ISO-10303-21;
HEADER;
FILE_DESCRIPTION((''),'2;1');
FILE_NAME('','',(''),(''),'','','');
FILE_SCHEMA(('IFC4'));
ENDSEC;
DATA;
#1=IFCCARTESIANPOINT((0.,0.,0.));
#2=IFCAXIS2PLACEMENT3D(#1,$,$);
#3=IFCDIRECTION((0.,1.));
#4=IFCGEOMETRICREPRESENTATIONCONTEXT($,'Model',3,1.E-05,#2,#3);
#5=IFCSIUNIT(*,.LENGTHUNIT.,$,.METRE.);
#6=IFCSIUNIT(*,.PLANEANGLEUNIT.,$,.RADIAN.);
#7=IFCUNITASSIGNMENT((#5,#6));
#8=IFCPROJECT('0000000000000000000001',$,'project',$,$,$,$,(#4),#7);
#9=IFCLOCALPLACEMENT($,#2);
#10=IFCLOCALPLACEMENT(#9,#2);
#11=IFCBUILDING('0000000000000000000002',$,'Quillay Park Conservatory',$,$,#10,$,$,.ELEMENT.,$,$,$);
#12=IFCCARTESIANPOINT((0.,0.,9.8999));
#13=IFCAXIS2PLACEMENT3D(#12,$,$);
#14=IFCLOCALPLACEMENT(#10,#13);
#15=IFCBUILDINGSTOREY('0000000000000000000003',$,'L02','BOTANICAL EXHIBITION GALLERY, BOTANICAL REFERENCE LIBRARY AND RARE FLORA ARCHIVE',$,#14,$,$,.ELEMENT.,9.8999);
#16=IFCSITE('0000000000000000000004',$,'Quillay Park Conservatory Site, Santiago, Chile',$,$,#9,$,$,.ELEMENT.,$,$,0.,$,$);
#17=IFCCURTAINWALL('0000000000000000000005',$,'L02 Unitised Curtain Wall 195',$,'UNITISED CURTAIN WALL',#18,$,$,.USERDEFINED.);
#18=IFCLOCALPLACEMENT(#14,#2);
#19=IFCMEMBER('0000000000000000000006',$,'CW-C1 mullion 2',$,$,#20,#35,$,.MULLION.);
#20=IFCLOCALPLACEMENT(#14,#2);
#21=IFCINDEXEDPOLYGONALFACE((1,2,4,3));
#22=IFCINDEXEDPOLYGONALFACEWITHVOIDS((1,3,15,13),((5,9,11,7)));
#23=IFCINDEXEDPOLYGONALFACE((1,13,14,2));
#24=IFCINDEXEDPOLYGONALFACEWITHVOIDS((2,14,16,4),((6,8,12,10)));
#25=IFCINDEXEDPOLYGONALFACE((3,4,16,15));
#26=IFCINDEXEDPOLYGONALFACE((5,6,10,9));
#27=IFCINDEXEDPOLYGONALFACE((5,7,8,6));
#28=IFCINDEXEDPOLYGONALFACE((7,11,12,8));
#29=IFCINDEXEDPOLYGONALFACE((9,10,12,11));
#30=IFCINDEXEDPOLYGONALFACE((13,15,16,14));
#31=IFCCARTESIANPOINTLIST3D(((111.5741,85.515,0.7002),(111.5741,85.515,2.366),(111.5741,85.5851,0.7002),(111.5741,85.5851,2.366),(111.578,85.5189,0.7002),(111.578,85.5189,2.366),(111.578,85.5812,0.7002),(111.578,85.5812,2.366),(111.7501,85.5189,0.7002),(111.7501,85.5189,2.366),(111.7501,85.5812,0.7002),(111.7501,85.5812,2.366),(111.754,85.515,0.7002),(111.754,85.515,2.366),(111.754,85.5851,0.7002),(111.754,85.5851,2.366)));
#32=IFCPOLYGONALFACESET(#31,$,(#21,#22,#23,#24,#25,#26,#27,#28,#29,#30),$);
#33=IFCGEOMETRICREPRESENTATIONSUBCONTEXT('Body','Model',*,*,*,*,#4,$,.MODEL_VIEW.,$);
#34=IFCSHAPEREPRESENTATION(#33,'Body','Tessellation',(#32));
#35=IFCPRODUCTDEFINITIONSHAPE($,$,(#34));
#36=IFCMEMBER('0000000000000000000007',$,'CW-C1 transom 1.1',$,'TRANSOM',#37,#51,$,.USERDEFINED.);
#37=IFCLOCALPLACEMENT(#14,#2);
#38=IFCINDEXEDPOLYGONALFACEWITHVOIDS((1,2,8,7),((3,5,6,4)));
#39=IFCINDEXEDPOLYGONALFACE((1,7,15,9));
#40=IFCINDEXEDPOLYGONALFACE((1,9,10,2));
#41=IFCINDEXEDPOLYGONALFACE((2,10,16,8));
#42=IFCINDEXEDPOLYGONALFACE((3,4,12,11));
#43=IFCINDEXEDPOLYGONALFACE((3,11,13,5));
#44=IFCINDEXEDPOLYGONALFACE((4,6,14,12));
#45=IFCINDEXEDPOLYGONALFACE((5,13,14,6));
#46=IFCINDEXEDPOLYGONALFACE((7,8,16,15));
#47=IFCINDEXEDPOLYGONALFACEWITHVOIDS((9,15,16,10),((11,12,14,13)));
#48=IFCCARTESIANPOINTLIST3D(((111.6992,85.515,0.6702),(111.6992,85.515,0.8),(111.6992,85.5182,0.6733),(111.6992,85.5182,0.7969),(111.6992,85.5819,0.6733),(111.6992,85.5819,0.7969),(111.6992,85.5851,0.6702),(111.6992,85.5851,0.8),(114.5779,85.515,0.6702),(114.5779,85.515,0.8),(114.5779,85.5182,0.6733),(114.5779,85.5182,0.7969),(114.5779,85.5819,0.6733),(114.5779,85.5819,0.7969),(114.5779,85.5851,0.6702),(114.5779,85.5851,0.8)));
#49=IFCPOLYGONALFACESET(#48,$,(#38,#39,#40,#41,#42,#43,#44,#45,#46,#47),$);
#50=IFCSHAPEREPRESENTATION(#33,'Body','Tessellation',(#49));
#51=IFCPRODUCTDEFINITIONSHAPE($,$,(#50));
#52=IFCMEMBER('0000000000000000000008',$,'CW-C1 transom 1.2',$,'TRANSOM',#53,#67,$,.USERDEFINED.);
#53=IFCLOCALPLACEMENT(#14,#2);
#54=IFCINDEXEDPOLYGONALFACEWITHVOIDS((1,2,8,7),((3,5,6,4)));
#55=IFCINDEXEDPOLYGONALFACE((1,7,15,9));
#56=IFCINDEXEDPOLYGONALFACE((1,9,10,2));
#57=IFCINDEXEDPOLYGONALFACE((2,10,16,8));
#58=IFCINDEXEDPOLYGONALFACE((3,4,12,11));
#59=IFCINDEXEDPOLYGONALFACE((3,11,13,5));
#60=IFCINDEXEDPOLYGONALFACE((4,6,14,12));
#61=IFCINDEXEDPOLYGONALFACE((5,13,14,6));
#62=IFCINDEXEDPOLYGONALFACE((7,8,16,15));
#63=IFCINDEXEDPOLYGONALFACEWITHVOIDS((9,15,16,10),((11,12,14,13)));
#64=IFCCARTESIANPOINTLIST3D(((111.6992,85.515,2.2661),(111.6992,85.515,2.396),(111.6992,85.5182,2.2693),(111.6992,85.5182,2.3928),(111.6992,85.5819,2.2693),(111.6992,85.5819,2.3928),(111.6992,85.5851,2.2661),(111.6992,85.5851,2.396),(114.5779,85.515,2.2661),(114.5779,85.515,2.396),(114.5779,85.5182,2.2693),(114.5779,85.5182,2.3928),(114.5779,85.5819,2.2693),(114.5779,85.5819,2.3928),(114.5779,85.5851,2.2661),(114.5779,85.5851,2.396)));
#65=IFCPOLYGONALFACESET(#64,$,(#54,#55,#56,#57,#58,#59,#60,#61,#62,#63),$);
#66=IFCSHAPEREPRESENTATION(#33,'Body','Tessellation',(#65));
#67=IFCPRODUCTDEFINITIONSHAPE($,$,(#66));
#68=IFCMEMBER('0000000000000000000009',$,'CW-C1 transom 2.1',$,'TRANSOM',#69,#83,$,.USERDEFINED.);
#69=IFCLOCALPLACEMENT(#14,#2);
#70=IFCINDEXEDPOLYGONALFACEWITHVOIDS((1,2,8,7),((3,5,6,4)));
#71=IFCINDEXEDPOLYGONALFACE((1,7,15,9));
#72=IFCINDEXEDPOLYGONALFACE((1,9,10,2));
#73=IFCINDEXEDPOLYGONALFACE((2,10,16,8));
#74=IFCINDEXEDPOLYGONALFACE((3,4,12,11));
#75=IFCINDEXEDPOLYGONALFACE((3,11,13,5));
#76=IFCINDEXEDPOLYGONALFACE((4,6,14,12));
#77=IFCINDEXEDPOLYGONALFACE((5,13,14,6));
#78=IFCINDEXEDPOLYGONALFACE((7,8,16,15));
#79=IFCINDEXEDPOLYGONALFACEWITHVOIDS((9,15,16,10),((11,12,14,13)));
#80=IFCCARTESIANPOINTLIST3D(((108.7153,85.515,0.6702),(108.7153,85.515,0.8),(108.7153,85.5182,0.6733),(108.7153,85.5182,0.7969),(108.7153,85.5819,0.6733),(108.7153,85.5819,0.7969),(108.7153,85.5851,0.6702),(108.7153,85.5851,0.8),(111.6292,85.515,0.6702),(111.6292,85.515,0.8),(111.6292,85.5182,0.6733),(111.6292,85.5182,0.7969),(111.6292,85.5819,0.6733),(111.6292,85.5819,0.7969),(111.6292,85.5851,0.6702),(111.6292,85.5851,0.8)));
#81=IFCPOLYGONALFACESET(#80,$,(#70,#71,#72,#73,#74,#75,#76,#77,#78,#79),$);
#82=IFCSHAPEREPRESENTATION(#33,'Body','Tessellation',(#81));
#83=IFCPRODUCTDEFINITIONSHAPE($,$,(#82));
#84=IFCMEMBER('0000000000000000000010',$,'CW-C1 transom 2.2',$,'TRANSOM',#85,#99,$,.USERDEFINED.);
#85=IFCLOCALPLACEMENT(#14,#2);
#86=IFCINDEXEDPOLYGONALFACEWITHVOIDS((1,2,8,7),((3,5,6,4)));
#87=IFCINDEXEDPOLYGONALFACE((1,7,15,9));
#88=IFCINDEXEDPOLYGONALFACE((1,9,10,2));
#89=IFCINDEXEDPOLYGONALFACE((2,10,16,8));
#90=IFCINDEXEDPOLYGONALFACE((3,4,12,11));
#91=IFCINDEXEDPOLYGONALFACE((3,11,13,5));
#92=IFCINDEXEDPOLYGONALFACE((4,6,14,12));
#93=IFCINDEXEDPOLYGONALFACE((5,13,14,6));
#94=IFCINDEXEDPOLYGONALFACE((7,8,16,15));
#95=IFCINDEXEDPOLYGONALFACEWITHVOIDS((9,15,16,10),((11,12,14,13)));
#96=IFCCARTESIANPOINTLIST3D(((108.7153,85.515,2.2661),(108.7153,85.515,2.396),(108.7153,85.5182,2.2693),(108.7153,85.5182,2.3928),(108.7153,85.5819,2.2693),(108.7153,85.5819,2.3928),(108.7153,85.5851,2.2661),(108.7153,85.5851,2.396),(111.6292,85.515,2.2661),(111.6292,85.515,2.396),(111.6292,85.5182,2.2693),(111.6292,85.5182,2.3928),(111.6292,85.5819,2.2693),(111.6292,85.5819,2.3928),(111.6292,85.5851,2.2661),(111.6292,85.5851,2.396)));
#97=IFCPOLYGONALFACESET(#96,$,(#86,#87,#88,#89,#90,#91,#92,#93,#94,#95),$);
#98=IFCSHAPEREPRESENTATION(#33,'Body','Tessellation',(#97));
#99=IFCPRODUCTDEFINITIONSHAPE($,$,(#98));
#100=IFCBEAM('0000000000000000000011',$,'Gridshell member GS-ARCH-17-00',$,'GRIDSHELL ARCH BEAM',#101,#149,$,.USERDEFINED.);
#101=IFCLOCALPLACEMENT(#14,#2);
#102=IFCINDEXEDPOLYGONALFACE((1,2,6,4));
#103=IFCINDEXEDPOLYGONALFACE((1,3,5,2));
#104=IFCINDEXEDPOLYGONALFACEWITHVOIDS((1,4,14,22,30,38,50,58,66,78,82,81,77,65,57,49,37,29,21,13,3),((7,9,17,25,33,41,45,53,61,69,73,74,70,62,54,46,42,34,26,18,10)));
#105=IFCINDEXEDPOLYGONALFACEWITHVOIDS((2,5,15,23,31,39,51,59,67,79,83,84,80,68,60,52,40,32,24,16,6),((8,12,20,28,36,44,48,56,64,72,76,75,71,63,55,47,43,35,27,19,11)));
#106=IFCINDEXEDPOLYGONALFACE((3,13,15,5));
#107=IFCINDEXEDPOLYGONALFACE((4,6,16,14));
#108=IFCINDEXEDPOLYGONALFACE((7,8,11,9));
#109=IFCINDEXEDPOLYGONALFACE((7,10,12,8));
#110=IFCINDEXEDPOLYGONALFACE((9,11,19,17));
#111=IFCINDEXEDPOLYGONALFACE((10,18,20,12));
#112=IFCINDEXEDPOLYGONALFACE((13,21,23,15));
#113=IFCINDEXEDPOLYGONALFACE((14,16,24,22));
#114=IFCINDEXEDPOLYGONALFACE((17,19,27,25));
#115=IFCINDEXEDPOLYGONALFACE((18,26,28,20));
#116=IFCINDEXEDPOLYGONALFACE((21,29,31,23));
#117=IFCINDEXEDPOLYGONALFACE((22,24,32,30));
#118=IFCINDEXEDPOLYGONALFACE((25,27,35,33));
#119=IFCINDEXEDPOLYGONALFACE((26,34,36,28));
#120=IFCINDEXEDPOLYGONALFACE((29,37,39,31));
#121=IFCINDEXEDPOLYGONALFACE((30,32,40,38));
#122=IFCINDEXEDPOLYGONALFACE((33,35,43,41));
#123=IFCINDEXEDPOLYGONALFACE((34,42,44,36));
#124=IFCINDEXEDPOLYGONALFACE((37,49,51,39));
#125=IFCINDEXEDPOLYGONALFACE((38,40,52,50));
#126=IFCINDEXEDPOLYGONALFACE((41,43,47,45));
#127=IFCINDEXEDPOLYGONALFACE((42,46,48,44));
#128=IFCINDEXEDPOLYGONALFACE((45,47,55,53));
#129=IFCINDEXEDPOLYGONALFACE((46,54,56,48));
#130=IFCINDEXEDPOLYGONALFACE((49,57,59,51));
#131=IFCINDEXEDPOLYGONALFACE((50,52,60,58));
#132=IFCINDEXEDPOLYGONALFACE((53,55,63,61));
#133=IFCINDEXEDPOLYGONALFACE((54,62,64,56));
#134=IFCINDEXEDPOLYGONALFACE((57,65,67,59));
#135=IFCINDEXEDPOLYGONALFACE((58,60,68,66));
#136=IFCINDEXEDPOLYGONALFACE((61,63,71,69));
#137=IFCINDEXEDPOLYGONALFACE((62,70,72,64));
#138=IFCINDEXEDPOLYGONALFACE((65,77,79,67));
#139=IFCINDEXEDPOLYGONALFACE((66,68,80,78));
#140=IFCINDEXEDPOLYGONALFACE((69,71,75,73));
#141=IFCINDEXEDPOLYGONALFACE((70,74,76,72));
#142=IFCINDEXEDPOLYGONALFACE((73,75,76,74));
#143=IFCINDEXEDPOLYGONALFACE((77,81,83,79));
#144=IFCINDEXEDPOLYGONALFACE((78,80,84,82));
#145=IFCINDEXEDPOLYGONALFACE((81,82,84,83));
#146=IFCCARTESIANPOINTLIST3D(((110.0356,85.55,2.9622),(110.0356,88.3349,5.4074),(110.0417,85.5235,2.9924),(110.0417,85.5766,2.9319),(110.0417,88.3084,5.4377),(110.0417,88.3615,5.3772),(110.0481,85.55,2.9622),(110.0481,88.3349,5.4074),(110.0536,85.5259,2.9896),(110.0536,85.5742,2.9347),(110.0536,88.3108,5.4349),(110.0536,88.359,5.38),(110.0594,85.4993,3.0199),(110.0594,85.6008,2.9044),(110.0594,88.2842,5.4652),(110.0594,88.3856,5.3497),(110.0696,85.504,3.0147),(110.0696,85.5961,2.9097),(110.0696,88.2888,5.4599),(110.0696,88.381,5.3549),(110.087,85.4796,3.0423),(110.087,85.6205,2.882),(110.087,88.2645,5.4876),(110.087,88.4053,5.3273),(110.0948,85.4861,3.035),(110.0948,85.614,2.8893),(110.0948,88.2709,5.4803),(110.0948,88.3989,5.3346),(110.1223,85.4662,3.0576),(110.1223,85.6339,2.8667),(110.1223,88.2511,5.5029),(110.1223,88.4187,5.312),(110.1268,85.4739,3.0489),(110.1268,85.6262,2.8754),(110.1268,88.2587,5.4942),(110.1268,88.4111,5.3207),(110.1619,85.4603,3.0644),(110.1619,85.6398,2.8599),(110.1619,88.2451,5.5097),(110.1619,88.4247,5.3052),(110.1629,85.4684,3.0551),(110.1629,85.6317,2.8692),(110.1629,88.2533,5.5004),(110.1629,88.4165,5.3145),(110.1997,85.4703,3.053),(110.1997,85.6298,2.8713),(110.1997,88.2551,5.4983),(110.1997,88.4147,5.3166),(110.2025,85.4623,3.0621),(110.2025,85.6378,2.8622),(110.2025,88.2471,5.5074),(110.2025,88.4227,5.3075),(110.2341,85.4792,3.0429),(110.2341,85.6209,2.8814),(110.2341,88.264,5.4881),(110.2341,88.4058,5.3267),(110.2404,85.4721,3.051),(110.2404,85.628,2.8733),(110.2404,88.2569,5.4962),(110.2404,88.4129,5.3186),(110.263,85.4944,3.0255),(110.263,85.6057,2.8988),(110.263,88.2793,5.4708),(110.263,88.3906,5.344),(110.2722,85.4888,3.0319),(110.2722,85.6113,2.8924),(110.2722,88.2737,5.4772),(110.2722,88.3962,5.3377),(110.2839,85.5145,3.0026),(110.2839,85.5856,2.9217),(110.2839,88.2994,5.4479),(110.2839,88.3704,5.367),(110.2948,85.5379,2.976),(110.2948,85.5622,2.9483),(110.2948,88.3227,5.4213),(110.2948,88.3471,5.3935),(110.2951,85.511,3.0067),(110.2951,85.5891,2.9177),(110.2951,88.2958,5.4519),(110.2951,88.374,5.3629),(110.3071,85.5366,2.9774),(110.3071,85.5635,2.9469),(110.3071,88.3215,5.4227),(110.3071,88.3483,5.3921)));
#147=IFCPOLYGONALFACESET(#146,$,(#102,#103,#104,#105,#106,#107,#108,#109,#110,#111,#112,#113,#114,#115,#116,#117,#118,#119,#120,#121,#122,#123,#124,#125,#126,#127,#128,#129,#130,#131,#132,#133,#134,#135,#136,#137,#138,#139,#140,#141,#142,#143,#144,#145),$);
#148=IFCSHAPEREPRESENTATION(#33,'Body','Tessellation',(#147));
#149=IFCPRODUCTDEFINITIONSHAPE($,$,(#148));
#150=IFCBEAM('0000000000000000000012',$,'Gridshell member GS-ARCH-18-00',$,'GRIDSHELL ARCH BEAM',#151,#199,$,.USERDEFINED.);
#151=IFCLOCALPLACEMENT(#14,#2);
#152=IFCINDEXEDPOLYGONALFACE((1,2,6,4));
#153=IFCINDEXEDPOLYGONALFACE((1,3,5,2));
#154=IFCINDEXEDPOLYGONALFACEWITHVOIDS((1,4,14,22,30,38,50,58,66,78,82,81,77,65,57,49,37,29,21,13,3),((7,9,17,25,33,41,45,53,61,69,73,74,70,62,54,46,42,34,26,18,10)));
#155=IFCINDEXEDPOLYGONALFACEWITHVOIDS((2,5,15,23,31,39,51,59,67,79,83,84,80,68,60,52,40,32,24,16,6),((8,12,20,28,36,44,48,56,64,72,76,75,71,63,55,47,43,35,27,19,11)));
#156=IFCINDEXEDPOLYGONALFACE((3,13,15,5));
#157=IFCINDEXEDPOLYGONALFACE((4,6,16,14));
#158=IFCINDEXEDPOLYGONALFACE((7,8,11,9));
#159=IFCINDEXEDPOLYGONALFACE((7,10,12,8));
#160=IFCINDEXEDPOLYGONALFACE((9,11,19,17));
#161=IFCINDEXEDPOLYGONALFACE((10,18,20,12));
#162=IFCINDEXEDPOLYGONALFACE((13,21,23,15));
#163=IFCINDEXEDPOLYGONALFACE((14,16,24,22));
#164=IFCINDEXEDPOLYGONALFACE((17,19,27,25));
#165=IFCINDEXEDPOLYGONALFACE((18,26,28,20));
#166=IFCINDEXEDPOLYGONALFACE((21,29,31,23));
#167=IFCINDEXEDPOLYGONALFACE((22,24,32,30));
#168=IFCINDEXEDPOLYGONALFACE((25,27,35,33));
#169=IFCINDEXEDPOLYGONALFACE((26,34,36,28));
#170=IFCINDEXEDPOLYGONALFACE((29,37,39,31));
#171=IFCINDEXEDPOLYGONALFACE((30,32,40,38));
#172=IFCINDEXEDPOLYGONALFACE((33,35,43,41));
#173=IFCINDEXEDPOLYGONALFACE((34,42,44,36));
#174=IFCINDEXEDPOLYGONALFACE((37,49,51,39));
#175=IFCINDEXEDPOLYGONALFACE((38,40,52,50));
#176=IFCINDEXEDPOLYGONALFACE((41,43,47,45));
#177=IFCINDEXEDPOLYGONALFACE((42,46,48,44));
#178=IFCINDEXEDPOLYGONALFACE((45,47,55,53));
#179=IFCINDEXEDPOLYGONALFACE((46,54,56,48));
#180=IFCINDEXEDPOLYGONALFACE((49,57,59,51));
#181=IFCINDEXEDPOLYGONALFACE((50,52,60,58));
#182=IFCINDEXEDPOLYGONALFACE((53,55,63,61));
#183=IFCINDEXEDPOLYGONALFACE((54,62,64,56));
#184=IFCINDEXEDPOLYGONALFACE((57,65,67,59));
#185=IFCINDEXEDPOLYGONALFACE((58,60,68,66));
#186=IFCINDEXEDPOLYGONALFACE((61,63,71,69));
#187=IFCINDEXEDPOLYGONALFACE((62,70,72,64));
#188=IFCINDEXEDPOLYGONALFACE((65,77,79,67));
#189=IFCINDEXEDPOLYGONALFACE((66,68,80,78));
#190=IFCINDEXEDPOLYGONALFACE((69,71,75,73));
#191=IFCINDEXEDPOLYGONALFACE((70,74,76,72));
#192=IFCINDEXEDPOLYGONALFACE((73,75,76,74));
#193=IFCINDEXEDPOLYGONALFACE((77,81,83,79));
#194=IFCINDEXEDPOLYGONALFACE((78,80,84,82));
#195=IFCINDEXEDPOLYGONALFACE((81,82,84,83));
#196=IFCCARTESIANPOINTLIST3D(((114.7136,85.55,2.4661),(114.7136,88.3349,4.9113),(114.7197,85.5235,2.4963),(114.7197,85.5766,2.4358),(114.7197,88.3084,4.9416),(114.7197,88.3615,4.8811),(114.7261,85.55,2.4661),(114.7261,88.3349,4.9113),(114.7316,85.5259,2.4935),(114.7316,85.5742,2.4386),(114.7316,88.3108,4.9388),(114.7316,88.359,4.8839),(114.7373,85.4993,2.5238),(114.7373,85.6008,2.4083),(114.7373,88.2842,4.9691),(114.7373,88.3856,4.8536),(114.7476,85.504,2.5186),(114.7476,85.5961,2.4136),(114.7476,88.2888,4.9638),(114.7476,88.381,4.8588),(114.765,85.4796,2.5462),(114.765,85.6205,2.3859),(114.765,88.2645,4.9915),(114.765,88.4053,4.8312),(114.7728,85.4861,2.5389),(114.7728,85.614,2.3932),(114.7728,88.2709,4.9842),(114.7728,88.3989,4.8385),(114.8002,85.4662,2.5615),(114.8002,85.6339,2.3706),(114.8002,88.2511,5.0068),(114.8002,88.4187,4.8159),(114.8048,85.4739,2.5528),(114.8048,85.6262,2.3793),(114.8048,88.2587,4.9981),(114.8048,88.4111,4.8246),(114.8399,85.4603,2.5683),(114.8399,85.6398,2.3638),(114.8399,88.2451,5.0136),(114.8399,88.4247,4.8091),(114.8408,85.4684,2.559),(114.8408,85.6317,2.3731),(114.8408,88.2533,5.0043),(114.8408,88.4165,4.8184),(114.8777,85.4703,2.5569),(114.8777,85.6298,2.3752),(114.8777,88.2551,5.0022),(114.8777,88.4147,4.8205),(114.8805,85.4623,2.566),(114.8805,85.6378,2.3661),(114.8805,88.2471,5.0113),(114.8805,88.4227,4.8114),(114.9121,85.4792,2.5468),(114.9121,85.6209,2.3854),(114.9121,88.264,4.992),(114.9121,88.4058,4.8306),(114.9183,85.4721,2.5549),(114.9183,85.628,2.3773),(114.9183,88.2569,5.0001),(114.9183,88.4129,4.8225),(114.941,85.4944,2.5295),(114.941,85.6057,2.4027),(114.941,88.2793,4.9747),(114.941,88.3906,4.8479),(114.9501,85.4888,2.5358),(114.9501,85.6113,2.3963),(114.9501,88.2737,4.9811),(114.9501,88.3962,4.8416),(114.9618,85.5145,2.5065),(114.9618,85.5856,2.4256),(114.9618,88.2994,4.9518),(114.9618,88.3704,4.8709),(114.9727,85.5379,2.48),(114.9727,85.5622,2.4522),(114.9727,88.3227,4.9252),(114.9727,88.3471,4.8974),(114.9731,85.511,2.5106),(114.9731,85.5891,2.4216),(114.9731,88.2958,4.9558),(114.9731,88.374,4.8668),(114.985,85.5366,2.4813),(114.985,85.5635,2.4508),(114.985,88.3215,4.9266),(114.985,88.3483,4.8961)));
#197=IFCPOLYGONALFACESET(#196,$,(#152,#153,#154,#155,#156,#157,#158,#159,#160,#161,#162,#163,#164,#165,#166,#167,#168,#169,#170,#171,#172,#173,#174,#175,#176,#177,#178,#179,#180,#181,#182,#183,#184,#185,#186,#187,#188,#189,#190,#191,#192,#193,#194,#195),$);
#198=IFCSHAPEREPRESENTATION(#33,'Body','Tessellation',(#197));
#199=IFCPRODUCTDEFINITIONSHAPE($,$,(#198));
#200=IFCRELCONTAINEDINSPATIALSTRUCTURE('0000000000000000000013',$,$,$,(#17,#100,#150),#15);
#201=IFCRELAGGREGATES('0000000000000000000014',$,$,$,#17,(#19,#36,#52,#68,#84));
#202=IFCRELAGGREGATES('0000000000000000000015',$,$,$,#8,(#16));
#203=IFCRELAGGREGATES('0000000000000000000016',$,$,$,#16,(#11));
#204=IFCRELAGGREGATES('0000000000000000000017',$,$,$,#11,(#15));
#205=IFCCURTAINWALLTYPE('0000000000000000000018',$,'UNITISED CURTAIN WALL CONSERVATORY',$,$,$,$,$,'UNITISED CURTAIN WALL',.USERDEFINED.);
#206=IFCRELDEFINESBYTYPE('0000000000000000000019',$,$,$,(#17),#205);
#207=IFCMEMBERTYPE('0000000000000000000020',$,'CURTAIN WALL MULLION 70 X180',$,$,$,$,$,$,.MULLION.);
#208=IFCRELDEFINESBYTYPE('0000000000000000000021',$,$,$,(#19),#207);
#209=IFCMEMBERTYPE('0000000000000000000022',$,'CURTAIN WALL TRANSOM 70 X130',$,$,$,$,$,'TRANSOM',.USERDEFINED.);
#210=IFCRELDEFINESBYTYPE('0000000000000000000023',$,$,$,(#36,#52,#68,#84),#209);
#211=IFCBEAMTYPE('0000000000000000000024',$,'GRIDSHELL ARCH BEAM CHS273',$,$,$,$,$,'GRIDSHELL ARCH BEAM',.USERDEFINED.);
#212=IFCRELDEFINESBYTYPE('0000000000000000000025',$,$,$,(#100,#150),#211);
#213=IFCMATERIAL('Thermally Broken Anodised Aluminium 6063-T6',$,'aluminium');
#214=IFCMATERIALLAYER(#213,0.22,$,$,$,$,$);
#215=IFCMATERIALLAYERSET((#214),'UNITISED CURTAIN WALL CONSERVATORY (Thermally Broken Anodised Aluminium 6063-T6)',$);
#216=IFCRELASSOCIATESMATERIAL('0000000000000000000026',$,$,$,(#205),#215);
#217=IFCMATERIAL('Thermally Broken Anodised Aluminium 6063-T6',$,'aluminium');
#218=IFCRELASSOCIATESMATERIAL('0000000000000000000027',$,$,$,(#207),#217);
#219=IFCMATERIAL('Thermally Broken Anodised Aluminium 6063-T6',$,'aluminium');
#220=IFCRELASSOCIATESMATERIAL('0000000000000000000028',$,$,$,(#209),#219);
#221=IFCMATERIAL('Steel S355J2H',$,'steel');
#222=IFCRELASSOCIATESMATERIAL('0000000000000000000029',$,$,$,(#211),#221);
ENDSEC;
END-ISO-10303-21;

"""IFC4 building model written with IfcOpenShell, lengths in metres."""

from ifc_helpers import new_model, si_unit, direction, frame, origin, origin_2d, place, context, subcontext, project, spatial, hollow_rectangle, hollow_circle, extrude, material, layer, layer_set, material_profile, profile_set, type_object, element, aggregate, save


model = new_model("IFC4")

# Units and contexts
model_context = context("Model", 3, precision=1e-05, world=origin(), true_north=direction((0.0, 1.0)))
body_context = subcontext(model_context, "Body", "Model", "MODEL_VIEW")
ifc_project = project(units=[si_unit("LENGTHUNIT", "METRE"), si_unit("PLANEANGLEUNIT", "RADIAN")], contexts=[model_context])

# Site, building, storey
site_placement = place(None, origin())
site = spatial("IfcSite", under=ifc_project, at=site_placement, Name="Quillay Park Conservatory Site, Santiago, Chile", CompositionType="ELEMENT", RefElevation=0.0)
building_placement = place(site_placement, origin())
building = spatial("IfcBuilding", under=site, at=building_placement, Name="Quillay Park Conservatory", CompositionType="ELEMENT")
storey_placement = place(building_placement, frame((0.0, 0.0, 9.8999)))
storey = spatial("IfcBuildingStorey", under=building, at=storey_placement, Name="L02", Description="BOTANICAL EXHIBITION GALLERY, BOTANICAL REFERENCE LIBRARY AND RARE FLORA ARCHIVE", CompositionType="ELEMENT", Elevation=9.8999)

# Curtain wall, members
ifc_material_1 = material(Name="Thermally Broken Anodised Aluminium 6063-T6", Category="aluminium")
ifc_layer_1 = layer(ifc_material_1, 0.22)
ifc_layer_set_1 = layer_set([ifc_layer_1], Name="UNITISED CURTAIN WALL CONSERVATORY (Thermally Broken Anodised Aluminium 6063-T6)")
curtain_wall_type = type_object("IfcCurtainWallType", Name="UNITISED CURTAIN WALL CONSERVATORY", ElementType="UNITISED CURTAIN WALL", PredefinedType="USERDEFINED", material=ifc_layer_set_1)
curtain_wall_placement = place(storey_placement, origin())
curtain_wall = element("IfcCurtainWall", 1, at=curtain_wall_placement, inside=storey, type_object=curtain_wall_type, Name="L02 Unitised Curtain Wall 195", ObjectType="UNITISED CURTAIN WALL", PredefinedType="USERDEFINED")
ifc_material_2 = material(Name="Thermally Broken Anodised Aluminium 6063-T6", Category="aluminium")
ifc_material_profile_1 = material_profile(ifc_material_2, hollow_rectangle(XDim=0.0701, YDim=0.1799, WallThickness=0.0039, at=origin_2d()), Name="AL70x180x4")
ifc_profile_set_1 = profile_set([ifc_material_profile_1], Name="Thermally Broken Anodised Aluminium 6063-T6")
member_type_1 = type_object("IfcMemberType", Name="CURTAIN WALL MULLION 70 X180", PredefinedType="MULLION", material=ifc_profile_set_1)
member_1_placement = place(storey_placement, frame((111.6641, 85.55, 0.7002), z_axis=(0.0, 0.0, 1.0), x_axis=(0.0, -1.0, 0.0)))
member_1 = element("IfcMember", 2, at=member_1_placement, type_object=member_type_1, Name="CW-C1 mullion 2", PredefinedType="MULLION", context=body_context, shape_type="SweptSolid", body=[
    extrude(hollow_rectangle(XDim=0.0701, YDim=0.1799, WallThickness=0.0039, at=origin_2d()), origin(), (0.0, 0.0, 1.0), 1.6658),
])
ifc_material_3 = material(Name="Thermally Broken Anodised Aluminium 6063-T6", Category="aluminium")
ifc_material_profile_2 = material_profile(ifc_material_3, hollow_rectangle(XDim=0.0701, YDim=0.1299, WallThickness=0.0032, at=origin_2d()), Name="AL70x130x3.2")
ifc_profile_set_2 = profile_set([ifc_material_profile_2], Name="Thermally Broken Anodised Aluminium 6063-T6")
member_type_2 = type_object("IfcMemberType", Name="CURTAIN WALL TRANSOM 70 X130", ElementType="TRANSOM", PredefinedType="USERDEFINED", material=ifc_profile_set_2)
member_2_placement = place(storey_placement, frame((114.5779, 85.55, 0.7351), z_axis=(-1.0, 0.0, 0.0), x_axis=(0.0, -1.0, 0.0)))
member_2 = element("IfcMember", 3, at=member_2_placement, type_object=member_type_2, Name="CW-C1 transom 1.1", ObjectType="TRANSOM", PredefinedType="USERDEFINED", context=body_context, shape_type="SweptSolid", body=[
    extrude(hollow_rectangle(XDim=0.0701, YDim=0.1299, WallThickness=0.0032, at=origin_2d()), origin(), (0.0, 0.0, 1.0), 2.8787),
])
member_3_placement = place(storey_placement, frame((114.5779, 85.55, 2.3311), z_axis=(-1.0, 0.0, 0.0), x_axis=(0.0, -1.0, 0.0)))
member_3 = element("IfcMember", 4, at=member_3_placement, type_object=member_type_2, Name="CW-C1 transom 1.2", ObjectType="TRANSOM", PredefinedType="USERDEFINED", context=body_context, shape_type="SweptSolid", body=[
    extrude(hollow_rectangle(XDim=0.0701, YDim=0.1299, WallThickness=0.0032, at=origin_2d()), origin(), (0.0, 0.0, 1.0), 2.8787),
])
member_4_placement = place(storey_placement, frame((111.6292, 85.55, 0.7351), z_axis=(-1.0, 0.0, 0.0), x_axis=(0.0, -1.0, 0.0)))
member_4 = element("IfcMember", 5, at=member_4_placement, type_object=member_type_2, Name="CW-C1 transom 2.1", ObjectType="TRANSOM", PredefinedType="USERDEFINED", context=body_context, shape_type="SweptSolid", body=[
    extrude(hollow_rectangle(XDim=0.0701, YDim=0.1299, WallThickness=0.0032, at=origin_2d()), origin(), (0.0, 0.0, 1.0), 2.9138),
])
member_5_placement = place(storey_placement, frame((111.6292, 85.55, 2.3311), z_axis=(-1.0, 0.0, 0.0), x_axis=(0.0, -1.0, 0.0)))
member_5 = element("IfcMember", 6, at=member_5_placement, type_object=member_type_2, Name="CW-C1 transom 2.2", ObjectType="TRANSOM", PredefinedType="USERDEFINED", context=body_context, shape_type="SweptSolid", body=[
    extrude(hollow_rectangle(XDim=0.0701, YDim=0.1299, WallThickness=0.0032, at=origin_2d()), origin(), (0.0, 0.0, 1.0), 2.9138),
])

# Beams
ifc_material_4 = material(Name="Steel S355J2H", Category="steel")
ifc_material_profile_3 = material_profile(ifc_material_4, hollow_circle(Radius=0.1365, WallThickness=0.0125, at=origin_2d()), Name="CHS273x12.5")
ifc_profile_set_3 = profile_set([ifc_material_profile_3], Name="Steel S355J2H")
beam_type = type_object("IfcBeamType", Name="GRIDSHELL ARCH BEAM CHS273", ElementType="GRIDSHELL ARCH BEAM", PredefinedType="USERDEFINED", material=ifc_profile_set_3)
for number, where, z_axis, x_axis, name in (
    (7, (110.1721, 85.55, 2.9622), (0.0, 0.751437, 0.659805), (-1.0, 0.0, 0.0), "Gridshell member GS-ARCH-17-00"),
    (8, (114.8501, 85.55, 2.4661), (0.0, 0.751437, 0.659805), (-1.0, 0.0, 0.0), "Gridshell member GS-ARCH-18-00"),
):
    element("IfcBeam", number, at=place(storey_placement, frame(where, z_axis=z_axis, x_axis=x_axis)), inside=storey, type_object=beam_type, Name=name, ObjectType="GRIDSHELL ARCH BEAM", PredefinedType="USERDEFINED", context=body_context, shape_type="SweptSolid", body=[
        extrude(hollow_circle(Radius=0.1365, WallThickness=0.0125, at=origin_2d()), origin(), (0.0, 0.0, 1.0), 3.7061),
    ])

aggregate(curtain_wall, [member_1, member_2, member_3, member_4, member_5])

save(model, "model.ifc")
